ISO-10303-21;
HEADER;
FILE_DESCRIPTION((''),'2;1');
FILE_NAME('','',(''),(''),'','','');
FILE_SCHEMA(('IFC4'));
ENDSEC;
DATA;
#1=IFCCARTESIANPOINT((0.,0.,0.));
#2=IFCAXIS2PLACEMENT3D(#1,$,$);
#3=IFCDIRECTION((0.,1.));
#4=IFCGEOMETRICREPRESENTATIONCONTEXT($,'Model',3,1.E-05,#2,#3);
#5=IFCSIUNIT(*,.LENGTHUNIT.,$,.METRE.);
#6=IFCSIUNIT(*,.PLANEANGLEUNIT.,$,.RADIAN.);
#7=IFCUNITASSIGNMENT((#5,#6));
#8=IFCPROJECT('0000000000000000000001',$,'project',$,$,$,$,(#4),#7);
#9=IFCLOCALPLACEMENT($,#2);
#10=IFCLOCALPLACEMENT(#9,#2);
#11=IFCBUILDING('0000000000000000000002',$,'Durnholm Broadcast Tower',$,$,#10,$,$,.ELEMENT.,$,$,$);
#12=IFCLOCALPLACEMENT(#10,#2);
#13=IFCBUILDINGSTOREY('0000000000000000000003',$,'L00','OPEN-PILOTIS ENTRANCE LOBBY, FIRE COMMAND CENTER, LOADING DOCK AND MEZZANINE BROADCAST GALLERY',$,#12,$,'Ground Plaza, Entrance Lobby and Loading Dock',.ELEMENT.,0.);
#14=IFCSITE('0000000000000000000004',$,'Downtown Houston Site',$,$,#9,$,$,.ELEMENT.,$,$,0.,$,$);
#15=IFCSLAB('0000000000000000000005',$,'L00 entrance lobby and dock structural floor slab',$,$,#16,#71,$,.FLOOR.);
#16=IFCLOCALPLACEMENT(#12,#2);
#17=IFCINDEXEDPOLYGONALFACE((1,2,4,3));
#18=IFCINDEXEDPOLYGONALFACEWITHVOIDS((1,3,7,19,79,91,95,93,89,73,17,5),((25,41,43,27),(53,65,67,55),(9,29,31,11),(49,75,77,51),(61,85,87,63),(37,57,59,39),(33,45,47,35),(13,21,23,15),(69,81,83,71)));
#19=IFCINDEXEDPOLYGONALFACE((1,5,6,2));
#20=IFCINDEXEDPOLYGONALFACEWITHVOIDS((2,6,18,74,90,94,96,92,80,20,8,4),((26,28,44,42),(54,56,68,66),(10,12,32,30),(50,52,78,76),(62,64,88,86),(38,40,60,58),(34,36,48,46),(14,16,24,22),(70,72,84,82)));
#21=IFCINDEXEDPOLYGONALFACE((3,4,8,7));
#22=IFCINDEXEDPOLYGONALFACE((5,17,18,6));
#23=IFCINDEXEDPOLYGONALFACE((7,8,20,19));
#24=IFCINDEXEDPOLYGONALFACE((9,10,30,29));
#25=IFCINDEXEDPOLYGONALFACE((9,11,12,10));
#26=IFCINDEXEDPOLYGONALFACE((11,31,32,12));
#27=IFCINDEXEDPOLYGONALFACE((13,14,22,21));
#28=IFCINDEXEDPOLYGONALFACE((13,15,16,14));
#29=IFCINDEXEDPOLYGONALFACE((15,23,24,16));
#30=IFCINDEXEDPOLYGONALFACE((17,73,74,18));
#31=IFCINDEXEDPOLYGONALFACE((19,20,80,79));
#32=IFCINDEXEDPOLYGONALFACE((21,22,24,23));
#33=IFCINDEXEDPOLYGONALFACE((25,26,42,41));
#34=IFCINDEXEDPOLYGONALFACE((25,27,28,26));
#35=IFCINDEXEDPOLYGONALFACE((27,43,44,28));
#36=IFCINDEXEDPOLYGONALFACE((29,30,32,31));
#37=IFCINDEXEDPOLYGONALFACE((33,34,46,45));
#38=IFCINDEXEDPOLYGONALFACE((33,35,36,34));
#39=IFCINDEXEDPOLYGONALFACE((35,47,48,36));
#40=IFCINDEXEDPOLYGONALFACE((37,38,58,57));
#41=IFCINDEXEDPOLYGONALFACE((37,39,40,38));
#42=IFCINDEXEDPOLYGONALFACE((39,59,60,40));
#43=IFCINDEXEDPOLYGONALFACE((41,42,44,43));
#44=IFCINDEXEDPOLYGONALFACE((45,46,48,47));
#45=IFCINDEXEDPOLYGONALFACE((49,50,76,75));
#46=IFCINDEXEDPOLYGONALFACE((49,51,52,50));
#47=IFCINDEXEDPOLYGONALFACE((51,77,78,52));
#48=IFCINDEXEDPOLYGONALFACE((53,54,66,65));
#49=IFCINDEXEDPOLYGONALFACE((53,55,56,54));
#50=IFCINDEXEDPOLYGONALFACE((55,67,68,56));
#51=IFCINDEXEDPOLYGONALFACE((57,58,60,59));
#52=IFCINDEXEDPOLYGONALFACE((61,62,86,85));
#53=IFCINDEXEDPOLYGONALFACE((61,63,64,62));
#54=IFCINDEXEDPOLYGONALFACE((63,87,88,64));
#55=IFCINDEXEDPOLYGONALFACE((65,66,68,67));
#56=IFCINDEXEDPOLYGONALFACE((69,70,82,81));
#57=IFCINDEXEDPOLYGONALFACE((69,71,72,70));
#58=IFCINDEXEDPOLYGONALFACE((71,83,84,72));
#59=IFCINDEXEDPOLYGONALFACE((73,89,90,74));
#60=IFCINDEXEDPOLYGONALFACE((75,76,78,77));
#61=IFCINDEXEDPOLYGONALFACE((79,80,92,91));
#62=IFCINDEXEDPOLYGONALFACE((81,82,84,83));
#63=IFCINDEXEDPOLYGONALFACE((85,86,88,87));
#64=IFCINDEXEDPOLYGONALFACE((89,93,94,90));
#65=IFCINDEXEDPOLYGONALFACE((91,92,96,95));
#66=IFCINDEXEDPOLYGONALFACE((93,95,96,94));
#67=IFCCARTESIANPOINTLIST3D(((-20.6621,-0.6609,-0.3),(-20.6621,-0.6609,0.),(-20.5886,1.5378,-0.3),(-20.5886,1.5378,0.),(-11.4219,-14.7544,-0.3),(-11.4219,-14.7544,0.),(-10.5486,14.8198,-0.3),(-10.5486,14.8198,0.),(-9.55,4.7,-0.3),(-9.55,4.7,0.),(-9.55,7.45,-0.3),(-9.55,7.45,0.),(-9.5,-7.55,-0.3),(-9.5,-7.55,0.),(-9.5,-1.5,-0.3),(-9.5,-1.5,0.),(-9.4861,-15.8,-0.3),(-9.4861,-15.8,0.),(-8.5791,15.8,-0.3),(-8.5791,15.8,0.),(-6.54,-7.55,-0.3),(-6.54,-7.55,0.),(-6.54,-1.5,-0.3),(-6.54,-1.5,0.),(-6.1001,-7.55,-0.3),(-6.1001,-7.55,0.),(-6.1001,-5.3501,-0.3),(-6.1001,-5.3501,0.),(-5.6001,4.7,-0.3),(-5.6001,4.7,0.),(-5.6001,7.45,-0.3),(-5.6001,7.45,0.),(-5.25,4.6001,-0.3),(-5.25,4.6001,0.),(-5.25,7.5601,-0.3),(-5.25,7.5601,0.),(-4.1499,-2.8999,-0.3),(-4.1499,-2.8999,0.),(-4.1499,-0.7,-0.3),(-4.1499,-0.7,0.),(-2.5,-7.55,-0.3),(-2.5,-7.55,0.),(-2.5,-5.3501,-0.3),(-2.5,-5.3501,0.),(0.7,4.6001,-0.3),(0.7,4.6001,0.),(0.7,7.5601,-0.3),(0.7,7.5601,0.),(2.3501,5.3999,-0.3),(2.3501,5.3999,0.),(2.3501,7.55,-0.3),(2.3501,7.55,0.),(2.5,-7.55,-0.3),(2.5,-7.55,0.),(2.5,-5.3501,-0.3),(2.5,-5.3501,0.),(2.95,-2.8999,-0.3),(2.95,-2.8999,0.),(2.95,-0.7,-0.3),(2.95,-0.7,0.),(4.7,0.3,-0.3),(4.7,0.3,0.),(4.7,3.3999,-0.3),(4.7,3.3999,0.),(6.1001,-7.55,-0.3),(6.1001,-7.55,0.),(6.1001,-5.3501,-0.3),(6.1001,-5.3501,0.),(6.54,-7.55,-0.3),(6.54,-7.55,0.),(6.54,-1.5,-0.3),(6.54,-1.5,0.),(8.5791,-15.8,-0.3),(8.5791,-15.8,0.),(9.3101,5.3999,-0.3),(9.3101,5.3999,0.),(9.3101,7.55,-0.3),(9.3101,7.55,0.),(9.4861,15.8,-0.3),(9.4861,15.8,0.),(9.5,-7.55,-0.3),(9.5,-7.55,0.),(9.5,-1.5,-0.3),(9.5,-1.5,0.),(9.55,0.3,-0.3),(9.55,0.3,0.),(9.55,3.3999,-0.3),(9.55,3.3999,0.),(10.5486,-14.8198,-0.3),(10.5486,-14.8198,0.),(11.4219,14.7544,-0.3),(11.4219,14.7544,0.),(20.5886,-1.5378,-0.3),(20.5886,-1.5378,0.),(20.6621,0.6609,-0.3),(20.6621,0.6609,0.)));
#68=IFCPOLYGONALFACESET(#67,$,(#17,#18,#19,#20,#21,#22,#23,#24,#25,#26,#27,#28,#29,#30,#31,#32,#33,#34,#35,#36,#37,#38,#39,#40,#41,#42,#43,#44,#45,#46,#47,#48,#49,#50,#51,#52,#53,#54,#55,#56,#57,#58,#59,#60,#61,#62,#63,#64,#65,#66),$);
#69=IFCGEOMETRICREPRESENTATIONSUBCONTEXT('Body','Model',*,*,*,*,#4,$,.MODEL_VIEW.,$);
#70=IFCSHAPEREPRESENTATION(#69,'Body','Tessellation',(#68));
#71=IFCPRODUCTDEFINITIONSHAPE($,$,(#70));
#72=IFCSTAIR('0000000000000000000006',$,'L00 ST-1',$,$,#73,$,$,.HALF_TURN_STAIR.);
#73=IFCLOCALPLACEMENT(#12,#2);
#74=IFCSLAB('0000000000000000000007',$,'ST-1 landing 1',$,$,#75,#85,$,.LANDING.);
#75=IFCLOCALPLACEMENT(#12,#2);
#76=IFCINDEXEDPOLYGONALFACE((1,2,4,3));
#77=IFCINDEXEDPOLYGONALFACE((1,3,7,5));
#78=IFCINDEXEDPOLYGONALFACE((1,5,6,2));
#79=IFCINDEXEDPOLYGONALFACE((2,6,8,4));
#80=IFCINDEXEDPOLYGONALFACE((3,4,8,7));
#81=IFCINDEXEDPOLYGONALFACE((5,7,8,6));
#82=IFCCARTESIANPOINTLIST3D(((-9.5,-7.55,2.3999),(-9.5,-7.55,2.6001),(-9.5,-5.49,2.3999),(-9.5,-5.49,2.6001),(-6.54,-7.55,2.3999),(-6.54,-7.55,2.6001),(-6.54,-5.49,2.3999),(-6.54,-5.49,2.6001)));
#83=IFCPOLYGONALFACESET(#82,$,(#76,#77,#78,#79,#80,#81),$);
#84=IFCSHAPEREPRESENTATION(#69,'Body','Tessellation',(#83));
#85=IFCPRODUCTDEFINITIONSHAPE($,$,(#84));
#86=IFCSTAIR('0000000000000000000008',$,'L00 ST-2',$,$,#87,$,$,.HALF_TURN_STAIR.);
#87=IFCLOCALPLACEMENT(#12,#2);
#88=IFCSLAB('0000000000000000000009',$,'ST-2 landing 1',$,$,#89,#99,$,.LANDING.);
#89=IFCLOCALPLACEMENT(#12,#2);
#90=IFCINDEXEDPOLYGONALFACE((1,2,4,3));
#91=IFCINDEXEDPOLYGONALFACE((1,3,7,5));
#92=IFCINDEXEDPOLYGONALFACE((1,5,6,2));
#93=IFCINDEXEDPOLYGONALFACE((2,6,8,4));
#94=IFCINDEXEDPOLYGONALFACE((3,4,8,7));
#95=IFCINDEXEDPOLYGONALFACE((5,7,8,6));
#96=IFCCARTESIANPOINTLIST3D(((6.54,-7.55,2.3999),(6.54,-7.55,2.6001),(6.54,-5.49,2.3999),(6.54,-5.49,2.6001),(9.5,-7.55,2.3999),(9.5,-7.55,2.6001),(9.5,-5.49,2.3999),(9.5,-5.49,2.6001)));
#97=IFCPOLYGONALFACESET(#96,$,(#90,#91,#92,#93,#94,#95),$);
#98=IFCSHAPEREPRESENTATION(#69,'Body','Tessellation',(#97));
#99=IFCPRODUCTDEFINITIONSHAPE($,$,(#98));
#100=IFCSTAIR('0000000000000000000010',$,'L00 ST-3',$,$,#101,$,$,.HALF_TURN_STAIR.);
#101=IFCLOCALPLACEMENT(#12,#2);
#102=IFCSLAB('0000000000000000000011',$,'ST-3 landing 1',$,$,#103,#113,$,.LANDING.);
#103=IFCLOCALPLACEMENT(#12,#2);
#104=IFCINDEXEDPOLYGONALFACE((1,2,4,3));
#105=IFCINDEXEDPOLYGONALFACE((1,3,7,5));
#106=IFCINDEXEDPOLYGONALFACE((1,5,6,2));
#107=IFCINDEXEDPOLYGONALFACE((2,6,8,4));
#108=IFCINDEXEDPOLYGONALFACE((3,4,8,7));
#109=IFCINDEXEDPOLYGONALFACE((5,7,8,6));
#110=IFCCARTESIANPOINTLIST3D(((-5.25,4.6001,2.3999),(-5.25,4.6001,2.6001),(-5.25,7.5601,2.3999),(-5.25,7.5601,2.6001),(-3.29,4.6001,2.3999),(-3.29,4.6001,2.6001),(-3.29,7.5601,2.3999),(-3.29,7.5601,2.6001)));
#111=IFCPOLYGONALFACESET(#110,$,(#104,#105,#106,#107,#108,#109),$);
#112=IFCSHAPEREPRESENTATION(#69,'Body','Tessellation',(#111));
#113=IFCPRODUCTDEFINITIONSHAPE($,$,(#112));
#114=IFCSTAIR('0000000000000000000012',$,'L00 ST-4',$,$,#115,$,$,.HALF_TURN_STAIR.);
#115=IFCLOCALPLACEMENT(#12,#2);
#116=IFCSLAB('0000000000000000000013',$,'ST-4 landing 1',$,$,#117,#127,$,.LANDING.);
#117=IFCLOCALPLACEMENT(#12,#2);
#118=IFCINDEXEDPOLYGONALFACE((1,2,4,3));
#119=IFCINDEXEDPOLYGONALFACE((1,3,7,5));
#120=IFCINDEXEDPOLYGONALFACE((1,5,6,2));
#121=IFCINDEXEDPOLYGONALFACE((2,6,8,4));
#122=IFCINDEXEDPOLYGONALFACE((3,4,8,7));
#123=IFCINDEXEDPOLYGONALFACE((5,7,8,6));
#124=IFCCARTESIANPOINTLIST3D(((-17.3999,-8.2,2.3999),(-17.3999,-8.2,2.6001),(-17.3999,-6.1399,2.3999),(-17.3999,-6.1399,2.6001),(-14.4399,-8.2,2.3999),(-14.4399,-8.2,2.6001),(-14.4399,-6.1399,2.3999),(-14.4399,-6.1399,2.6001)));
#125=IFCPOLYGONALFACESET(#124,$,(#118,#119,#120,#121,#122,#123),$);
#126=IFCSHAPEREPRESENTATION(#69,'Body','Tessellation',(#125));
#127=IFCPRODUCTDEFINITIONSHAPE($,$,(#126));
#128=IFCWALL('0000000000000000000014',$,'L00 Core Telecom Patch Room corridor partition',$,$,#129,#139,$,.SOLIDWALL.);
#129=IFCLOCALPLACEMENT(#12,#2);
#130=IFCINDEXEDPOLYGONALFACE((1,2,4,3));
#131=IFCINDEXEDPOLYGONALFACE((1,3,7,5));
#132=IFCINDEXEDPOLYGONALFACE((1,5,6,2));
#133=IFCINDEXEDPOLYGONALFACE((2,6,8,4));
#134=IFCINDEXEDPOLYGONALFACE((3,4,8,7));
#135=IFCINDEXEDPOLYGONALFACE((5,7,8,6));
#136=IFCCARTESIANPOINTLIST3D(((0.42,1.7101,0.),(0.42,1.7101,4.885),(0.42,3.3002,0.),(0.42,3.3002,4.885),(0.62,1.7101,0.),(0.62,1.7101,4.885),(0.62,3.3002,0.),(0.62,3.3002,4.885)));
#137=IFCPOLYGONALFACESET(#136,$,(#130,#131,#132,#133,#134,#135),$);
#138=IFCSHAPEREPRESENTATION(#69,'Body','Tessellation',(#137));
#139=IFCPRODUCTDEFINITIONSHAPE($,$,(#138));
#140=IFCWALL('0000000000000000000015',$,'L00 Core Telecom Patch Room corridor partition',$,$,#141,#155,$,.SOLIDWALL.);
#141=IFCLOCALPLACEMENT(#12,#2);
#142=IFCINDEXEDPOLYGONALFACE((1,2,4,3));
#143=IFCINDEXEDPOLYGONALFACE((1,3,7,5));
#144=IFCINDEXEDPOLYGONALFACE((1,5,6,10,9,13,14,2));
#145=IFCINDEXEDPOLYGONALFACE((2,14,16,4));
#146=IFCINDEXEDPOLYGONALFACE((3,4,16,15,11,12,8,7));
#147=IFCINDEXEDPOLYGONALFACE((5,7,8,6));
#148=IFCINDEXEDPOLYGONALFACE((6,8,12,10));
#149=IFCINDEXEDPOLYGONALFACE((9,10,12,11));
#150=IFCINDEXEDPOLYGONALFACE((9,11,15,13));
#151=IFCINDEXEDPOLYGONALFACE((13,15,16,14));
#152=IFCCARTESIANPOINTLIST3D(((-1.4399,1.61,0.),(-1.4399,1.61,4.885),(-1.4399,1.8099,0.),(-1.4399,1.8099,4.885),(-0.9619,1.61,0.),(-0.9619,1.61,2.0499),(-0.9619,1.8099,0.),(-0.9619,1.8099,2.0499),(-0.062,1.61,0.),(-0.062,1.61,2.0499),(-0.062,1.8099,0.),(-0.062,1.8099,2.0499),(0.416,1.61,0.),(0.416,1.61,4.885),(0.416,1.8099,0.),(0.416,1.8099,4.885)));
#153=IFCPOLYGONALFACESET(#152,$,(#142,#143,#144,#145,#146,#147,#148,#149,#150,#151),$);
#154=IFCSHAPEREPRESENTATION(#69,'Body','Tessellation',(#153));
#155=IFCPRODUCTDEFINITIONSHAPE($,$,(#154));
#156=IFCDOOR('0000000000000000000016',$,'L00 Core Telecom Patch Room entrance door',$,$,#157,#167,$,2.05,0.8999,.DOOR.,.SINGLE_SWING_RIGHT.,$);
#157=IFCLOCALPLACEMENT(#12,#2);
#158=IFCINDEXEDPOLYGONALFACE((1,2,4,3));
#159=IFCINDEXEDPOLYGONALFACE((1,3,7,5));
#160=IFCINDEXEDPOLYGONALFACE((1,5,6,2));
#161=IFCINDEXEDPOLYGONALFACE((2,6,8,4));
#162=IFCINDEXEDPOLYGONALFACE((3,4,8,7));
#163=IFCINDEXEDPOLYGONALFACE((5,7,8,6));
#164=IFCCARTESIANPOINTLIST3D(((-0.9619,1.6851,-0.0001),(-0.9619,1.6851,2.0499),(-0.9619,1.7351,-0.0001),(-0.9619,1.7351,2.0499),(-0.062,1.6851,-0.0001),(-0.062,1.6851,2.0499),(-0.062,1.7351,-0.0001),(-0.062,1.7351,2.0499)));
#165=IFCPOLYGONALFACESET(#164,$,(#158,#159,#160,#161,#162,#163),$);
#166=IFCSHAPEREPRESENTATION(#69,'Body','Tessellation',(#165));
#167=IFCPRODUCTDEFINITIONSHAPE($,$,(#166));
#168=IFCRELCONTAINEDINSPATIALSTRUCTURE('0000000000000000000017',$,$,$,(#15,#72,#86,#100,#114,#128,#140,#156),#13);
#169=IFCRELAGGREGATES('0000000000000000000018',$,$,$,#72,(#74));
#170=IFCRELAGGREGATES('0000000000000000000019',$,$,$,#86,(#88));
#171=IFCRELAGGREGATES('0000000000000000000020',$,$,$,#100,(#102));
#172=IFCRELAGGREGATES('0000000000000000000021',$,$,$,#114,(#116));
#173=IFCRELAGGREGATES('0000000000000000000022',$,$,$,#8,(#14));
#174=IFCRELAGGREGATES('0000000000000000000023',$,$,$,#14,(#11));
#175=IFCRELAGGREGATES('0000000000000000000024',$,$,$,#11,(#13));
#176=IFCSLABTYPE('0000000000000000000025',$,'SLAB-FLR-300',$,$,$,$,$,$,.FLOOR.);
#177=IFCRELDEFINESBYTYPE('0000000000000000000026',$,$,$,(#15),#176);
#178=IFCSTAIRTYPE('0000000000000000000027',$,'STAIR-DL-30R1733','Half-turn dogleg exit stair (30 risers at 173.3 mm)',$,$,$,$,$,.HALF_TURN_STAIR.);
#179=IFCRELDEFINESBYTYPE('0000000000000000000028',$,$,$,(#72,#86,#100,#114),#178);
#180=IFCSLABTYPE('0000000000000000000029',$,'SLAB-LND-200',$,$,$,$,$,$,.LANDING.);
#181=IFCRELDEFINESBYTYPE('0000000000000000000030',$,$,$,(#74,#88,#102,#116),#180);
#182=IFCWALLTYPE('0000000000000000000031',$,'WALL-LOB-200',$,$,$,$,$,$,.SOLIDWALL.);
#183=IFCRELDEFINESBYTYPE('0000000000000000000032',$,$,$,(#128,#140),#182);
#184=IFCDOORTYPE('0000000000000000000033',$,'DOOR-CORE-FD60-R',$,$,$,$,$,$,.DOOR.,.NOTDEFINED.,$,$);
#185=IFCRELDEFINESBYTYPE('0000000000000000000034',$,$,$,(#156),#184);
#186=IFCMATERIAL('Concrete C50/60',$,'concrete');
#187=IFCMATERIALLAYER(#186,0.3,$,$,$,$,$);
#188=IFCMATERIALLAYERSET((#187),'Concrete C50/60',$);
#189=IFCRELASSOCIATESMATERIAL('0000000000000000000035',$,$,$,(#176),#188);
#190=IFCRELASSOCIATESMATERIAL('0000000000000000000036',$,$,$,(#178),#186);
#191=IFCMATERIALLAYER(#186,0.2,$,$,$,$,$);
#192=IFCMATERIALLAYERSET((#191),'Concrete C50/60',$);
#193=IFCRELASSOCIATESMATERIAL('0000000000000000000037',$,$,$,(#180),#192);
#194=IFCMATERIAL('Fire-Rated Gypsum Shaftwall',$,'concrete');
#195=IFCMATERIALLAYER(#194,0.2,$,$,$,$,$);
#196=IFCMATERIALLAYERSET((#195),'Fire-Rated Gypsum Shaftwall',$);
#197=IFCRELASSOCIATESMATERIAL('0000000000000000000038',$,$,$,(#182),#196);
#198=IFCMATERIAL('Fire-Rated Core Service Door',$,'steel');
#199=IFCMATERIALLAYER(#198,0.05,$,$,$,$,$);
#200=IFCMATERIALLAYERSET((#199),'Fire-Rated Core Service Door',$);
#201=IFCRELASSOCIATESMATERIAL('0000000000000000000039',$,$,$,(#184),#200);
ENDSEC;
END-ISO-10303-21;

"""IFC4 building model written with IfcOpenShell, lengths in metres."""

from ifc_helpers import new_model, si_unit, direction, frame, frame_2d, origin, place, context, subcontext, project, spatial, polyline, rectangle, outline, extrude, source, transform, mapped, material, layer, layer_set, type_object, type_shapes, element, fill, aggregate, save


model = new_model("IFC4")

# Units and contexts
model_context = context("Model", 3, precision=1e-05, world=origin(), true_north=direction((0.0, 1.0)))
body_context = subcontext(model_context, "Body", "Model", "MODEL_VIEW")
ifc_project = project(units=[si_unit("LENGTHUNIT", "METRE"), si_unit("PLANEANGLEUNIT", "RADIAN")], contexts=[model_context])

# Site, building, storey
site_placement = place(None, origin())
site = spatial("IfcSite", under=ifc_project, at=site_placement, Name="Downtown Houston Site", CompositionType="ELEMENT", RefElevation=0.0)
building_placement = place(site_placement, origin())
building = spatial("IfcBuilding", under=site, at=building_placement, Name="Durnholm Broadcast Tower", CompositionType="ELEMENT")
storey_placement = place(building_placement, origin())
storey = spatial("IfcBuildingStorey", under=building, at=storey_placement, Name="L00", Description="OPEN-PILOTIS ENTRANCE LOBBY, FIRE COMMAND CENTER, LOADING DOCK AND MEZZANINE BROADCAST GALLERY", LongName="Ground Plaza, Entrance Lobby and Loading Dock", CompositionType="ELEMENT", Elevation=0.0)

# Slab
ifc_material_1 = material(Name="Concrete C50/60", Category="concrete")
ifc_layer_1 = layer(ifc_material_1, 0.3)
ifc_layer_set_1 = layer_set([ifc_layer_1], Name="Concrete C50/60")
slab_type_1 = type_object("IfcSlabType", Name="SLAB-FLR-300", PredefinedType="FLOOR", material=ifc_layer_set_1)
slab_1_placement = place(storey_placement, frame((0.0, 0.0, -0.3)))
element("IfcSlab", 1, at=slab_1_placement, inside=storey, type_object=slab_type_1, Name="L00 entrance lobby and dock structural floor slab", PredefinedType="FLOOR", context=body_context, shape_type="SweptSolid", body=[
    extrude(outline(polyline([(-11.4219, -14.7544), (-9.4861, -15.8), (8.5791, -15.8), (10.5486, -14.8198), (20.5886, -1.5378), (20.6621, 0.6609), (11.4219, 14.7544), (9.4861, 15.8), (-8.5791, 15.8), (-10.5486, 14.8198), (-20.5886, 1.5378), (-20.6621, -0.6609), (-11.4219, -14.7544)]), holes=[polyline([(-2.5, -5.3501), (-6.1001, -5.3501), (-6.1001, -7.55), (-2.5, -7.55), (-2.5, -5.3501)]), polyline([(6.1001, -5.3501), (2.5, -5.3501), (2.5, -7.55), (6.1001, -7.55), (6.1001, -5.3501)]), polyline([(-6.54, -7.55), (-6.54, -1.5), (-9.5, -1.5), (-9.5, -7.55), (-6.54, -7.55)]), polyline([(9.5, -7.55), (9.5, -1.5), (6.54, -1.5), (6.54, -7.55), (9.5, -7.55)]), polyline([(2.95, -0.7), (-4.1499, -0.7), (-4.1499, -2.8999), (2.95, -2.8999), (2.95, -0.7)]), polyline([(9.55, 3.3999), (4.7, 3.3999), (4.7, 0.3), (9.55, 0.3), (9.55, 3.3999)]), polyline([(-5.6001, 7.45), (-9.55, 7.45), (-9.55, 4.7), (-5.6001, 4.7), (-5.6001, 7.45)]), polyline([(-5.25, 7.5601), (-5.25, 4.6001), (0.7, 4.6001), (0.7, 7.5601), (-5.25, 7.5601)]), polyline([(9.3101, 5.3999), (9.3101, 7.55), (2.3501, 7.55), (2.3501, 5.3999), (9.3101, 5.3999)])]), origin(), (0.0, 0.0, 1.0), 0.3),
])

# Stairs, slabs
stair_type = type_object("IfcStairType", Name="STAIR-DL-30R1733", Description="Half-turn dogleg exit stair (30 risers at 173.3 mm)", PredefinedType="HALF_TURN_STAIR", material=ifc_material_1)
stair_1_placement = place(storey_placement, origin())
stair_1 = element("IfcStair", 2, at=stair_1_placement, inside=storey, type_object=stair_type, Name="L00 ST-1", PredefinedType="HALF_TURN_STAIR")
ifc_layer_2 = layer(ifc_material_1, 0.2)
ifc_layer_set_2 = layer_set([ifc_layer_2], Name="Concrete C50/60")
slab_type_2 = type_object("IfcSlabType", Name="SLAB-LND-200", PredefinedType="LANDING", material=ifc_layer_set_2)
slab_2_placement = place(storey_placement, frame((0.0, 0.0, 2.3999)))
slab_2 = element("IfcSlab", 3, at=slab_2_placement, type_object=slab_type_2, Name="ST-1 landing 1", PredefinedType="LANDING", context=body_context, shape_type="SweptSolid", body=[
    extrude(outline(polyline([(-9.5, -5.49), (-9.5, -7.55), (-6.54, -7.55), (-6.54, -5.49), (-9.5, -5.49)])), origin(), (0.0, 0.0, 1.0), 0.2002),
])
aggregate(stair_1, [slab_2])
stair_2_placement = place(storey_placement, origin())
stair_2 = element("IfcStair", 4, at=stair_2_placement, inside=storey, type_object=stair_type, Name="L00 ST-2", PredefinedType="HALF_TURN_STAIR")
slab_3_placement = place(storey_placement, frame((0.0, 0.0, 2.3999)))
slab_3 = element("IfcSlab", 5, at=slab_3_placement, type_object=slab_type_2, Name="ST-2 landing 1", PredefinedType="LANDING", context=body_context, shape_type="SweptSolid", body=[
    extrude(outline(polyline([(6.54, -5.49), (6.54, -7.55), (9.5, -7.55), (9.5, -5.49), (6.54, -5.49)])), origin(), (0.0, 0.0, 1.0), 0.2002),
])
aggregate(stair_2, [slab_3])
stair_3_placement = place(storey_placement, origin())
stair_3 = element("IfcStair", 6, at=stair_3_placement, inside=storey, type_object=stair_type, Name="L00 ST-3", PredefinedType="HALF_TURN_STAIR")
slab_4_placement = place(storey_placement, frame((0.0, 0.0, 2.3999)))
slab_4 = element("IfcSlab", 7, at=slab_4_placement, type_object=slab_type_2, Name="ST-3 landing 1", PredefinedType="LANDING", context=body_context, shape_type="SweptSolid", body=[
    extrude(outline(polyline([(-3.29, 7.5601), (-5.25, 7.5601), (-5.25, 4.6001), (-3.29, 4.6001), (-3.29, 7.5601)])), origin(), (0.0, 0.0, 1.0), 0.2002),
])
aggregate(stair_3, [slab_4])
stair_4_placement = place(storey_placement, origin())
stair_4 = element("IfcStair", 8, at=stair_4_placement, inside=storey, type_object=stair_type, Name="L00 ST-4", PredefinedType="HALF_TURN_STAIR")
slab_5_placement = place(storey_placement, frame((0.0, 0.0, 2.3999)))
slab_5 = element("IfcSlab", 9, at=slab_5_placement, type_object=slab_type_2, Name="ST-4 landing 1", PredefinedType="LANDING", context=body_context, shape_type="SweptSolid", body=[
    extrude(outline(polyline([(-17.3999, -6.1399), (-17.3999, -8.2), (-14.4399, -8.2), (-14.4399, -6.1399), (-17.3999, -6.1399)])), origin(), (0.0, 0.0, 1.0), 0.2002),
])
aggregate(stair_4, [slab_5])

# Wall
ifc_material_2 = material(Name="Fire-Rated Gypsum Shaftwall", Category="concrete")
ifc_layer_3 = layer(ifc_material_2, 0.2)
ifc_layer_set_3 = layer_set([ifc_layer_3], Name="Fire-Rated Gypsum Shaftwall")
wall_type_1 = type_object("IfcWallType", Name="WALL-LOB-200", PredefinedType="SOLIDWALL", material=ifc_layer_set_3)
wall_1_placement = place(storey_placement, frame((0.52, 3.3, 0.0), z_axis=(0.0, 0.0, 1.0), x_axis=(0.0, -1.0, 0.0)))
element("IfcWall", 10, at=wall_1_placement, inside=storey, type_object=wall_type_1, Name="L00 Core Telecom Patch Room corridor partition", PredefinedType="SOLIDWALL", context=body_context, shape_type="SweptSolid", body=[
    extrude(rectangle(XDim=1.5901, YDim=0.2, at=frame_2d((0.7949, 0.0))), origin(), (0.0, 0.0, 1.0), 4.885),
])

# Wall, opening, door
wall_2_placement = place(storey_placement, frame((0.416, 1.71, 0.0), z_axis=(0.0, 0.0, 1.0), x_axis=(-1.0, 0.0, 0.0)))
wall_2 = element("IfcWall", 11, at=wall_2_placement, inside=storey, type_object=wall_type_1, Name="L00 Core Telecom Patch Room corridor partition", PredefinedType="SOLIDWALL", context=body_context, shape_type="SweptSolid", body=[
    extrude(rectangle(XDim=1.856, YDim=0.2, at=frame_2d((0.928, 0.0))), origin(), (0.0, 0.0, 1.0), 4.885),
])
opening_1_placement = place(wall_2_placement, frame((0.478, 0.0, 0.0)))
opening_1 = element("IfcOpeningElement", 12, at=opening_1_placement, cuts=wall_2, PredefinedType="OPENING", context=body_context, shape_type="SweptSolid", body=[
    extrude(rectangle(XDim=0.8999, YDim=2.05, at=frame_2d((0.45, 1.0249))), frame((0.0, 0.1099, 0.0), z_axis=(0.0, -1.0, 0.0), x_axis=(1.0, 0.0, 0.0)), (0.0, 0.0, 1.0), 0.22),
])
ifc_material_3 = material(Name="Fire-Rated Core Service Door", Category="steel")
ifc_layer_4 = layer(ifc_material_3, 0.05)
ifc_layer_set_4 = layer_set([ifc_layer_4], Name="Fire-Rated Core Service Door")
door_type_1 = type_object("IfcDoorType", Name="DOOR-CORE-FD60-R", OperationType="NOTDEFINED", PredefinedType="DOOR", material=ifc_layer_set_4)
shared_shape_1 = source(origin(), body_context, "Body", "SweptSolid", [
    extrude(rectangle(XDim=0.8999, YDim=2.05, at=frame_2d((0.45, 1.0249))), frame((0.0, 0.0249, 0.0), z_axis=(0.0, -1.0, 0.0), x_axis=(1.0, 0.0, 0.0)), (0.0, 0.0, 1.0), 0.05),
])
type_shapes(door_type_1, [shared_shape_1])
door_1_placement = place(opening_1_placement, origin())
door_1 = element("IfcDoor", 13, at=door_1_placement, inside=storey, type_object=door_type_1, Name="L00 Core Telecom Patch Room entrance door", OperationType="SINGLE_SWING_RIGHT", OverallHeight=2.05, OverallWidth=0.8999, PredefinedType="DOOR", context=body_context, shape_type="MappedRepresentation", body=[
    mapped(shared_shape_1, transform((0.0, 0.0, 0.0), x_axis=(1.0, 0.0, 0.0), y_axis=(0.0, 1.0, 0.0), z_axis=(0.0, 0.0, 1.0), scale=1.0)),
])
fill(opening_1, door_1)

save(model, "model.ifc")
